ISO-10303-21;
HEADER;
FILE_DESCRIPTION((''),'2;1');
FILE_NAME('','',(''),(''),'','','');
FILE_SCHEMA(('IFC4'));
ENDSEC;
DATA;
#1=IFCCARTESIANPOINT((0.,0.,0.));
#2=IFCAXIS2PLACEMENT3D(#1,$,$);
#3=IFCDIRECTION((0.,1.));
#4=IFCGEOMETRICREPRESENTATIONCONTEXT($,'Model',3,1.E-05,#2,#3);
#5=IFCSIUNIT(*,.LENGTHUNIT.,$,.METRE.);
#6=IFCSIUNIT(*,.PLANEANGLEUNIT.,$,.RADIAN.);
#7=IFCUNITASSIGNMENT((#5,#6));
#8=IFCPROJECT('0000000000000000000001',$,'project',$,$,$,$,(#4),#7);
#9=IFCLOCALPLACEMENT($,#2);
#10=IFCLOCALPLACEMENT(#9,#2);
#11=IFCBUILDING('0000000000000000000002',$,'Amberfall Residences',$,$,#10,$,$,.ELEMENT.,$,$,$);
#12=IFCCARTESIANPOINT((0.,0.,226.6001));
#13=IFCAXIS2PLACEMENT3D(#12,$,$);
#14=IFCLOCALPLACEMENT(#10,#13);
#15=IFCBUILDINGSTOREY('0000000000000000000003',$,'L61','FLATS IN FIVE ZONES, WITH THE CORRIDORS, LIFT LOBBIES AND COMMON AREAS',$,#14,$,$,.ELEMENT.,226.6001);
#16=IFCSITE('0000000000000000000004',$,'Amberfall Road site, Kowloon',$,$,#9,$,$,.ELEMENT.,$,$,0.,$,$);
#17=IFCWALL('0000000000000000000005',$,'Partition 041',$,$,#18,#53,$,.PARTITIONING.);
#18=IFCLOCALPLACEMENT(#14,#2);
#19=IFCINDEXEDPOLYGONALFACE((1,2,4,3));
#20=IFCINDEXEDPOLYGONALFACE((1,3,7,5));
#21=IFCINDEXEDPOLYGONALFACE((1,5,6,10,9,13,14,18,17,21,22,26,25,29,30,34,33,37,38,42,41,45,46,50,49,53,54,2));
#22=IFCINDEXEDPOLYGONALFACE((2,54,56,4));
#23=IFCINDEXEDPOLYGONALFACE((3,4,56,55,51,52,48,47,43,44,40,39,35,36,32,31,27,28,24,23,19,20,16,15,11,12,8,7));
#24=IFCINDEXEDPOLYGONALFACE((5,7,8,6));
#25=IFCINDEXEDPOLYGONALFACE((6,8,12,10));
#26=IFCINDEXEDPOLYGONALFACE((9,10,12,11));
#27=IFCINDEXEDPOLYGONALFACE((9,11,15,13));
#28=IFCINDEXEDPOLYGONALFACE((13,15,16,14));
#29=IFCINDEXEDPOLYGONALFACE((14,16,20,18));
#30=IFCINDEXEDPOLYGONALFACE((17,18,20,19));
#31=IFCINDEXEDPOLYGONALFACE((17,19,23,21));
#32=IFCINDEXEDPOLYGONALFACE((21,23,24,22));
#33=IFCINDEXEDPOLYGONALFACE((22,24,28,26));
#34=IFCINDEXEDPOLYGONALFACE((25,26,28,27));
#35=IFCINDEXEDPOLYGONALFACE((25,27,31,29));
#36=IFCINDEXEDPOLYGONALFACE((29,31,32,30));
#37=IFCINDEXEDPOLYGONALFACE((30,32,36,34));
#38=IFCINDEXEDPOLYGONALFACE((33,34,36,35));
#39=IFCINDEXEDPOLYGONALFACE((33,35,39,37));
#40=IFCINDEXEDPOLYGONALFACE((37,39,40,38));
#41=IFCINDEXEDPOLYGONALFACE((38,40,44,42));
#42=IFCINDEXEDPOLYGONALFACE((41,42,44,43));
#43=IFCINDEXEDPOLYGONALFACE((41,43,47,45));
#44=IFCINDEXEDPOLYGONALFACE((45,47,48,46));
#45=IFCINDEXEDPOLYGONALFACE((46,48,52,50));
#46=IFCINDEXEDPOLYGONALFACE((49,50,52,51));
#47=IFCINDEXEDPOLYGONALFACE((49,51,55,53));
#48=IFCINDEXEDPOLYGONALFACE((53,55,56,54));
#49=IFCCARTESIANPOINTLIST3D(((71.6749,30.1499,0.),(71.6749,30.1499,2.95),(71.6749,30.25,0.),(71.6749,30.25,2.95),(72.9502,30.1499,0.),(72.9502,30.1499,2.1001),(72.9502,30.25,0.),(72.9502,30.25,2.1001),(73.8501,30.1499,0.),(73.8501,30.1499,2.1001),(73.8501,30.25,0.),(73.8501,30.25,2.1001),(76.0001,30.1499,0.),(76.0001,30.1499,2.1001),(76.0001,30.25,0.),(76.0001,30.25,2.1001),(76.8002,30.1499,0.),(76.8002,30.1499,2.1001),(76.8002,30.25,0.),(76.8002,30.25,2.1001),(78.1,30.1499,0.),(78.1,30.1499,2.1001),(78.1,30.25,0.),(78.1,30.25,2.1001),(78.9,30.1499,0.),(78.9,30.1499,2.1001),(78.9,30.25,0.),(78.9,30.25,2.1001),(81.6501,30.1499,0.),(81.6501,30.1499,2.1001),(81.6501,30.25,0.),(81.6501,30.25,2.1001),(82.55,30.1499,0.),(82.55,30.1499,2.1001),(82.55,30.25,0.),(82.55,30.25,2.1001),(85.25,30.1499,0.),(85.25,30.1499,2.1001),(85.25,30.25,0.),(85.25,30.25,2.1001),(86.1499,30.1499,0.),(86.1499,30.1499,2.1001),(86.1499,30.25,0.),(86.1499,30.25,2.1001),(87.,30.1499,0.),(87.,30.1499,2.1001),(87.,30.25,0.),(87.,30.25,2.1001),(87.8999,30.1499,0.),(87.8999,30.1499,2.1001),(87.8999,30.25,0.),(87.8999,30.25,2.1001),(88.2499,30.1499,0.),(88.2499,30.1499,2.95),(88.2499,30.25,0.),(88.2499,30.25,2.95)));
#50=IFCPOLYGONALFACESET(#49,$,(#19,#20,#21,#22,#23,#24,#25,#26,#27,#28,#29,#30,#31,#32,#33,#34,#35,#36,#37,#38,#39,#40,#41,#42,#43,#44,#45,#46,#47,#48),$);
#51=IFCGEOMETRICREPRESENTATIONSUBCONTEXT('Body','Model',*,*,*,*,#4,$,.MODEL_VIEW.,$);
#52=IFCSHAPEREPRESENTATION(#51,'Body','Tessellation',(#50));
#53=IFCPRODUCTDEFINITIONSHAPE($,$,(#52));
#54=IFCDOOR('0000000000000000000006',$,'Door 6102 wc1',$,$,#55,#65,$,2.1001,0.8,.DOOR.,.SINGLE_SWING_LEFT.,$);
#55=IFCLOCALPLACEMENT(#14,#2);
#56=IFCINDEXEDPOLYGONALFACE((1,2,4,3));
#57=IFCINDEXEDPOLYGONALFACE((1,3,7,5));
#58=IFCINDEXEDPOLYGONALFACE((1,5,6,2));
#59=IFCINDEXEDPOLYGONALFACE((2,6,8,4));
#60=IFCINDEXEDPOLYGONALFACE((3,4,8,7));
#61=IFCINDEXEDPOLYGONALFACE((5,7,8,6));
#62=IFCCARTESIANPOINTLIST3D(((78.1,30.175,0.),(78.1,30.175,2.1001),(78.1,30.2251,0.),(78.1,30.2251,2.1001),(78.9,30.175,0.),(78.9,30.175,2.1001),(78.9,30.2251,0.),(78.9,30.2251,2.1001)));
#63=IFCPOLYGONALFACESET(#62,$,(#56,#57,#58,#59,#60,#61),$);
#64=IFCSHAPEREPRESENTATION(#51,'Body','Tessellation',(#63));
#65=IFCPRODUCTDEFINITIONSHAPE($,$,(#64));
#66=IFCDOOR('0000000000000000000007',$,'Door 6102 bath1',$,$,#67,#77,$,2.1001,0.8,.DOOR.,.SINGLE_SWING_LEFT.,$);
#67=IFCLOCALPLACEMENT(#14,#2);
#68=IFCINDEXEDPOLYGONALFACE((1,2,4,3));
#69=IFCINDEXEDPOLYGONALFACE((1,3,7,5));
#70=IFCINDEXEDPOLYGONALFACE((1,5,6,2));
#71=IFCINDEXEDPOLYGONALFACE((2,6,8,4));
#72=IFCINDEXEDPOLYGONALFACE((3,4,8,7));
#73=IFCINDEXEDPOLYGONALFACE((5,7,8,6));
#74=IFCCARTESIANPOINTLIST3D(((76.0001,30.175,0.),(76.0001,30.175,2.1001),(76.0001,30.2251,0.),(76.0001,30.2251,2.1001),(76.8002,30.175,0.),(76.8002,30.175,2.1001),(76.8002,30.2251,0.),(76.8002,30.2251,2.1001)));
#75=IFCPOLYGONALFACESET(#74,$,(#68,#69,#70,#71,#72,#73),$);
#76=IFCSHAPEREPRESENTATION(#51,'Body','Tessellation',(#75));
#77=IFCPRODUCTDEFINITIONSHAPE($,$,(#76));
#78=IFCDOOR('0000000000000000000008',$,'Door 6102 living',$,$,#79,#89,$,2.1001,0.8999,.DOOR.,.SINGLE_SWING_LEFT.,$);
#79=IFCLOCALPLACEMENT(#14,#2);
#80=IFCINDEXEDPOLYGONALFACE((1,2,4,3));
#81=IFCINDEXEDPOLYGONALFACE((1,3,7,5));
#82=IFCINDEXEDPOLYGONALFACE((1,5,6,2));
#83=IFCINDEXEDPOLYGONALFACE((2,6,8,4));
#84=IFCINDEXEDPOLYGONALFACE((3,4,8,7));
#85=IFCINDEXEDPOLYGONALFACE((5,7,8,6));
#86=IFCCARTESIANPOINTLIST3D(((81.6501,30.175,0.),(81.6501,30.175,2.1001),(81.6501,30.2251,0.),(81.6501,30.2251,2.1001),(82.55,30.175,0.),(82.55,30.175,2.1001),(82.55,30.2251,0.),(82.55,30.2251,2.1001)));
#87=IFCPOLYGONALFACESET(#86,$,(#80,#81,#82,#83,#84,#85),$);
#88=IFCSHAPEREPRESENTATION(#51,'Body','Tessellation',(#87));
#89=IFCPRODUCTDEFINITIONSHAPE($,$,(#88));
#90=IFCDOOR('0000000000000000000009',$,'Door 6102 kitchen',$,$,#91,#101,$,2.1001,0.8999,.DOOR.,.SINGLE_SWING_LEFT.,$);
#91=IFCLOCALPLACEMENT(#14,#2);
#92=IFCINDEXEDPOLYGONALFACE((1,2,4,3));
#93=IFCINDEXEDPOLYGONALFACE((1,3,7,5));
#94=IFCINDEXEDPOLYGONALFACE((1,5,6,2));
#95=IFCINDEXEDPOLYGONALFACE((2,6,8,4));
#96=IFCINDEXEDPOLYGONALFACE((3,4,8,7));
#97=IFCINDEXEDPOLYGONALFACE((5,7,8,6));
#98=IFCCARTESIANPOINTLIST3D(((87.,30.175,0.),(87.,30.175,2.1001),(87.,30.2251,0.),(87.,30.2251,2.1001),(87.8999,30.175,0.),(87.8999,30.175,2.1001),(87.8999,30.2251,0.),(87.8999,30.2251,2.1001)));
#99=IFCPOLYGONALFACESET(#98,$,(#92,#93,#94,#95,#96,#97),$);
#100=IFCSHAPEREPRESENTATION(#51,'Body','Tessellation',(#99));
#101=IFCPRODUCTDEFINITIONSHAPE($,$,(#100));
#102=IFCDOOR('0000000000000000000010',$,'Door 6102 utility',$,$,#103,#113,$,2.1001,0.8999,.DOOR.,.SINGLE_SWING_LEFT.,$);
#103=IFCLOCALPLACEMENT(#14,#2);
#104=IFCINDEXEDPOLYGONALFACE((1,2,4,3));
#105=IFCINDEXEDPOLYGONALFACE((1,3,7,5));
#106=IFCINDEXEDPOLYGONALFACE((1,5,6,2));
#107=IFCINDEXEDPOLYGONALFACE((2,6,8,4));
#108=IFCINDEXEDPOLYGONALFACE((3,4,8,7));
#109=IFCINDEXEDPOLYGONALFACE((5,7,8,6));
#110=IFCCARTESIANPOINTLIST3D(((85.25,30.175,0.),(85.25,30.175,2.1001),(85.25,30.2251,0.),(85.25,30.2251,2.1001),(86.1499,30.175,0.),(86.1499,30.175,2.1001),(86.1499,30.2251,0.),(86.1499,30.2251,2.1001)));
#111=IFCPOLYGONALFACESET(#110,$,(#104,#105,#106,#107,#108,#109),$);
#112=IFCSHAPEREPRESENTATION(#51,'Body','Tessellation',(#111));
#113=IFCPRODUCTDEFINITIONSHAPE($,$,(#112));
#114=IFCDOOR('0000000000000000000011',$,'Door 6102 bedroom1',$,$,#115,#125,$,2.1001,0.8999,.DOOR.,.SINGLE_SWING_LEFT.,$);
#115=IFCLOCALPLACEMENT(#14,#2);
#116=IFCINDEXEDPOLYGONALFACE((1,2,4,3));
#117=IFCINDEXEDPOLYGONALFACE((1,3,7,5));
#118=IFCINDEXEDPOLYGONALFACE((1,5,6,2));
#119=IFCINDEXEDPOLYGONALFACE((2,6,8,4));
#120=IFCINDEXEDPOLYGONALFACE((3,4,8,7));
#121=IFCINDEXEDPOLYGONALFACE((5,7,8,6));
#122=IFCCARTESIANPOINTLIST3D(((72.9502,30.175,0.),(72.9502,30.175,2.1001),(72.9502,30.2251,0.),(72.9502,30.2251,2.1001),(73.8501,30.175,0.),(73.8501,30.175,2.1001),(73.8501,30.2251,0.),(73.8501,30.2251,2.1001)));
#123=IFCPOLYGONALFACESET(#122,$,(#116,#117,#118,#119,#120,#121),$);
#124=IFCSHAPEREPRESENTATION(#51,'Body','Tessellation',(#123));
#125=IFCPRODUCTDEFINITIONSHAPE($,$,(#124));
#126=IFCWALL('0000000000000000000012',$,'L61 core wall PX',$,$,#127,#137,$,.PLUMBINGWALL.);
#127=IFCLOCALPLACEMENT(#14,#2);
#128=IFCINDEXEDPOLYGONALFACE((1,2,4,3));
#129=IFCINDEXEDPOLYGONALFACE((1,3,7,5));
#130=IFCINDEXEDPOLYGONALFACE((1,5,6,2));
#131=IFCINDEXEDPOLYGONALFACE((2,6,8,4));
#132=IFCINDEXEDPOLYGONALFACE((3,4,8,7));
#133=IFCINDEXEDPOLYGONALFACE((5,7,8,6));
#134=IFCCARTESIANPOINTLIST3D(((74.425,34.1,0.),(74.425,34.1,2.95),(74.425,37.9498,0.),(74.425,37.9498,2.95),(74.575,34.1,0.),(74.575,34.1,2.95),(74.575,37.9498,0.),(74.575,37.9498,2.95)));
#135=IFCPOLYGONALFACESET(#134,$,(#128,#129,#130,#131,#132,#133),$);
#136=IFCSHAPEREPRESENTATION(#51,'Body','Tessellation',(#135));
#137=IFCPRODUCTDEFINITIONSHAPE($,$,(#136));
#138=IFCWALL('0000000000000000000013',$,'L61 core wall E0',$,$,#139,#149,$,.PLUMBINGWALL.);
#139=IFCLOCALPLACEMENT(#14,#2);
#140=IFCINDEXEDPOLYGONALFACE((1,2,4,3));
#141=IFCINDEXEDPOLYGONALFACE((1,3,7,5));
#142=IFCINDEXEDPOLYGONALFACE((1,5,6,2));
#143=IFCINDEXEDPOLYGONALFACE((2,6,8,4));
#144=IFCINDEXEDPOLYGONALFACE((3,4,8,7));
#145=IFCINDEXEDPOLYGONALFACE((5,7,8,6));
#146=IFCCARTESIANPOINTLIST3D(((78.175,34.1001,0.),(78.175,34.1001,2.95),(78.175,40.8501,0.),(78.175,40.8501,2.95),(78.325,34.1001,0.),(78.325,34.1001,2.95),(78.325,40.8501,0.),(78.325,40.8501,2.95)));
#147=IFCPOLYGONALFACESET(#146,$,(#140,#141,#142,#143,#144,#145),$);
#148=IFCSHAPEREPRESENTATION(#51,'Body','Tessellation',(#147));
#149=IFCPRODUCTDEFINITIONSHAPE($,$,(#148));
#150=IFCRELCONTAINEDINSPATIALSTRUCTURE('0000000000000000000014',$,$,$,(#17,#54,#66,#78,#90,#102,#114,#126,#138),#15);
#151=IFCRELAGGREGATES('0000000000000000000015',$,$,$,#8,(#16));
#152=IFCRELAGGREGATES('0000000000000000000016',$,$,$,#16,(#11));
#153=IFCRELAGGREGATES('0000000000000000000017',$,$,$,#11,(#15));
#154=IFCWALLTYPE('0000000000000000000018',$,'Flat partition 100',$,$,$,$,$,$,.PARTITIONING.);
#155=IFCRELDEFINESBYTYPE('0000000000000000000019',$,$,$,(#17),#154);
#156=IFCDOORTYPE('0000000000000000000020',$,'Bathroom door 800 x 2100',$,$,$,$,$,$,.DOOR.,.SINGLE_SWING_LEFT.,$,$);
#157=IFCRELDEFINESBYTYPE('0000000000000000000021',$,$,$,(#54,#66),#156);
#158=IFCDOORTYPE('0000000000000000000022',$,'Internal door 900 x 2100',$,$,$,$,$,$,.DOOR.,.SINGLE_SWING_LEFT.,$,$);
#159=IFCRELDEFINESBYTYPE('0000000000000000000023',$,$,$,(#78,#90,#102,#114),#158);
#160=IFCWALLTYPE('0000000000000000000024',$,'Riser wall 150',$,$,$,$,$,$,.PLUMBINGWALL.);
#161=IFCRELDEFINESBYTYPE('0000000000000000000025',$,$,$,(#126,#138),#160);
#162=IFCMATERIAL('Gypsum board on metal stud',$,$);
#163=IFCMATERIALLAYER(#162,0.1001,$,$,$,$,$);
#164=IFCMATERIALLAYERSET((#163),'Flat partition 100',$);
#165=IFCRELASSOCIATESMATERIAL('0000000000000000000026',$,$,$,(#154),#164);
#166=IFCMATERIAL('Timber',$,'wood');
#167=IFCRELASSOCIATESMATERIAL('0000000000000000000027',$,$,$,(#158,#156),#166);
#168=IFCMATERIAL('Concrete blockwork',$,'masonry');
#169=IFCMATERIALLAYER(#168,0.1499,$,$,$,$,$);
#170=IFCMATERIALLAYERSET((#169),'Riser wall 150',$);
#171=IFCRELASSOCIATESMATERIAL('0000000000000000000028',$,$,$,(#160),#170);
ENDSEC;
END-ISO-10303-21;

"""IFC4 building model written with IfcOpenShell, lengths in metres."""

from ifc_helpers import new_model, si_unit, direction, frame, frame_2d, origin, place, context, subcontext, project, spatial, rectangle, extrude, material, layer, layer_set, type_object, element, fill, save


model = new_model("IFC4")

# Units and contexts
model_context = context("Model", 3, precision=1e-05, world=origin(), true_north=direction((0.0, 1.0)))
body_context = subcontext(model_context, "Body", "Model", "MODEL_VIEW")
ifc_project = project(units=[si_unit("LENGTHUNIT", "METRE"), si_unit("PLANEANGLEUNIT", "RADIAN")], contexts=[model_context])

# Site, building, storey
site_placement = place(None, origin())
site = spatial("IfcSite", under=ifc_project, at=site_placement, Name="Amberfall Road site, Kowloon", CompositionType="ELEMENT", RefElevation=0.0)
building_placement = place(site_placement, origin())
building = spatial("IfcBuilding", under=site, at=building_placement, Name="Amberfall Residences", CompositionType="ELEMENT")
storey_placement = place(building_placement, frame((0.0, 0.0, 226.6001)))
storey = spatial("IfcBuildingStorey", under=building, at=storey_placement, Name="L61", Description="FLATS IN FIVE ZONES, WITH THE CORRIDORS, LIFT LOBBIES AND COMMON AREAS", CompositionType="ELEMENT", Elevation=226.6001)

# Shared definitions
ifc_material_1 = material(Name="Gypsum board on metal stud")
ifc_layer_1 = layer(ifc_material_1, 0.1001)
ifc_layer_set_1 = layer_set([ifc_layer_1], Name="Flat partition 100")
wall_type_1 = type_object("IfcWallType", Name="Flat partition 100", PredefinedType="PARTITIONING", material=ifc_layer_set_1)

# Wall, openings, doors
ifc_material_2 = material(Name="Timber", Category="wood")
door_type_1 = type_object("IfcDoorType", Name="Internal door 900 x 2100", OperationType="SINGLE_SWING_LEFT", PredefinedType="DOOR", material=ifc_material_2)
wall_1_placement = place(storey_placement, frame((88.25, 30.2, 0.0), z_axis=(0.0, 0.0, 1.0), x_axis=(-1.0, 0.0, 0.0)))
wall_1 = element("IfcWall", 1, at=wall_1_placement, inside=storey, type_object=wall_type_1, Name="Partition 041", PredefinedType="PARTITIONING", context=body_context, shape_type="SweptSolid", body=[
    extrude(rectangle(XDim=16.575, YDim=0.1001, at=frame_2d((8.2876, 0.0))), origin(), (0.0, 0.0, 1.0), 2.95),
])
opening_1_placement = place(wall_1_placement, frame((5.7, 0.0, 0.0)))
opening_1 = element("IfcOpeningElement", 2, at=opening_1_placement, cuts=wall_1, PredefinedType="OPENING", context=body_context, shape_type="SweptSolid", body=[
    extrude(rectangle(XDim=0.8999, YDim=2.1001, at=frame_2d((0.45, 1.05))), frame((0.0, 0.0601, 0.0), z_axis=(0.0, -1.0, 0.0), x_axis=(1.0, 0.0, 0.0)), (0.0, 0.0, 1.0), 0.1201),
])
opening_2_placement = place(wall_1_placement, frame((0.3501, 0.0, 0.0)))
opening_2 = element("IfcOpeningElement", 3, at=opening_2_placement, cuts=wall_1, PredefinedType="OPENING", context=body_context, shape_type="SweptSolid", body=[
    extrude(rectangle(XDim=0.8999, YDim=2.1001, at=frame_2d((0.45, 1.05))), frame((0.0, 0.0601, 0.0), z_axis=(0.0, -1.0, 0.0), x_axis=(1.0, 0.0, 0.0)), (0.0, 0.0, 1.0), 0.1201),
])
opening_3_placement = place(wall_1_placement, frame((2.1001, 0.0, 0.0)))
opening_3 = element("IfcOpeningElement", 4, at=opening_3_placement, cuts=wall_1, PredefinedType="OPENING", context=body_context, shape_type="SweptSolid", body=[
    extrude(rectangle(XDim=0.8999, YDim=2.1001, at=frame_2d((0.45, 1.05))), frame((0.0, 0.0601, 0.0), z_axis=(0.0, -1.0, 0.0), x_axis=(1.0, 0.0, 0.0)), (0.0, 0.0, 1.0), 0.1201),
])
opening_4_placement = place(wall_1_placement, frame((9.3501, 0.0, 0.0)))
opening_4 = element("IfcOpeningElement", 5, at=opening_4_placement, cuts=wall_1, PredefinedType="OPENING", context=body_context, shape_type="SweptSolid", body=[
    extrude(rectangle(XDim=0.8, YDim=2.1001, at=frame_2d((0.3999, 1.05))), frame((0.0, 0.0601, 0.0), z_axis=(0.0, -1.0, 0.0), x_axis=(1.0, 0.0, 0.0)), (0.0, 0.0, 1.0), 0.1201),
])
opening_5_placement = place(wall_1_placement, frame((14.3999, 0.0, 0.0)))
opening_5 = element("IfcOpeningElement", 6, at=opening_5_placement, cuts=wall_1, PredefinedType="OPENING", context=body_context, shape_type="SweptSolid", body=[
    extrude(rectangle(XDim=0.8999, YDim=2.1001, at=frame_2d((0.45, 1.05))), frame((0.0, 0.0601, 0.0), z_axis=(0.0, -1.0, 0.0), x_axis=(1.0, 0.0, 0.0)), (0.0, 0.0, 1.0), 0.1201),
])
opening_6_placement = place(wall_1_placement, frame((11.45, 0.0, 0.0)))
opening_6 = element("IfcOpeningElement", 7, at=opening_6_placement, cuts=wall_1, PredefinedType="OPENING", context=body_context, shape_type="SweptSolid", body=[
    extrude(rectangle(XDim=0.8, YDim=2.1001, at=frame_2d((0.3999, 1.05))), frame((0.0, 0.0601, 0.0), z_axis=(0.0, -1.0, 0.0), x_axis=(1.0, 0.0, 0.0)), (0.0, 0.0, 1.0), 0.1201),
])
door_type_2 = type_object("IfcDoorType", Name="Bathroom door 800 x 2100", OperationType="SINGLE_SWING_LEFT", PredefinedType="DOOR", material=ifc_material_2)
door_1_placement = place(opening_4_placement, origin())
door_1 = element("IfcDoor", 8, at=door_1_placement, inside=storey, type_object=door_type_2, Name="Door 6102 wc1", OperationType="SINGLE_SWING_LEFT", OverallHeight=2.1001, OverallWidth=0.8, PredefinedType="DOOR", context=body_context, shape_type="SweptSolid", body=[
    extrude(rectangle(XDim=0.8, YDim=2.1001, at=frame_2d((0.3999, 1.05))), frame((0.0, 0.0249, 0.0), z_axis=(0.0, -1.0, 0.0), x_axis=(1.0, 0.0, 0.0)), (0.0, 0.0, 1.0), 0.05),
])
fill(opening_4, door_1)
door_2_placement = place(opening_6_placement, origin())
door_2 = element("IfcDoor", 9, at=door_2_placement, inside=storey, type_object=door_type_2, Name="Door 6102 bath1", OperationType="SINGLE_SWING_LEFT", OverallHeight=2.1001, OverallWidth=0.8, PredefinedType="DOOR", context=body_context, shape_type="SweptSolid", body=[
    extrude(rectangle(XDim=0.8, YDim=2.1001, at=frame_2d((0.3999, 1.05))), frame((0.0, 0.0249, 0.0), z_axis=(0.0, -1.0, 0.0), x_axis=(1.0, 0.0, 0.0)), (0.0, 0.0, 1.0), 0.05),
])
fill(opening_6, door_2)
door_3_placement = place(opening_1_placement, origin())
door_3 = element("IfcDoor", 10, at=door_3_placement, inside=storey, type_object=door_type_1, Name="Door 6102 living", OperationType="SINGLE_SWING_LEFT", OverallHeight=2.1001, OverallWidth=0.8999, PredefinedType="DOOR", context=body_context, shape_type="SweptSolid", body=[
    extrude(rectangle(XDim=0.8999, YDim=2.1001, at=frame_2d((0.45, 1.05))), frame((0.0, 0.0249, 0.0), z_axis=(0.0, -1.0, 0.0), x_axis=(1.0, 0.0, 0.0)), (0.0, 0.0, 1.0), 0.05),
])
fill(opening_1, door_3)
door_4_placement = place(opening_2_placement, origin())
door_4 = element("IfcDoor", 11, at=door_4_placement, inside=storey, type_object=door_type_1, Name="Door 6102 kitchen", OperationType="SINGLE_SWING_LEFT", OverallHeight=2.1001, OverallWidth=0.8999, PredefinedType="DOOR", context=body_context, shape_type="SweptSolid", body=[
    extrude(rectangle(XDim=0.8999, YDim=2.1001, at=frame_2d((0.45, 1.05))), frame((0.0, 0.0249, 0.0), z_axis=(0.0, -1.0, 0.0), x_axis=(1.0, 0.0, 0.0)), (0.0, 0.0, 1.0), 0.05),
])
fill(opening_2, door_4)
door_5_placement = place(opening_3_placement, origin())
door_5 = element("IfcDoor", 12, at=door_5_placement, inside=storey, type_object=door_type_1, Name="Door 6102 utility", OperationType="SINGLE_SWING_LEFT", OverallHeight=2.1001, OverallWidth=0.8999, PredefinedType="DOOR", context=body_context, shape_type="SweptSolid", body=[
    extrude(rectangle(XDim=0.8999, YDim=2.1001, at=frame_2d((0.45, 1.05))), frame((0.0, 0.0249, 0.0), z_axis=(0.0, -1.0, 0.0), x_axis=(1.0, 0.0, 0.0)), (0.0, 0.0, 1.0), 0.05),
])
fill(opening_3, door_5)
door_6_placement = place(opening_5_placement, origin())
door_6 = element("IfcDoor", 13, at=door_6_placement, inside=storey, type_object=door_type_1, Name="Door 6102 bedroom1", OperationType="SINGLE_SWING_LEFT", OverallHeight=2.1001, OverallWidth=0.8999, PredefinedType="DOOR", context=body_context, shape_type="SweptSolid", body=[
    extrude(rectangle(XDim=0.8999, YDim=2.1001, at=frame_2d((0.45, 1.05))), frame((0.0, 0.0249, 0.0), z_axis=(0.0, -1.0, 0.0), x_axis=(1.0, 0.0, 0.0)), (0.0, 0.0, 1.0), 0.05),
])
fill(opening_5, door_6)

# Walls
ifc_material_3 = material(Name="Concrete blockwork", Category="masonry")
ifc_layer_2 = layer(ifc_material_3, 0.1499)
ifc_layer_set_2 = layer_set([ifc_layer_2], Name="Riser wall 150")
wall_type_2 = type_object("IfcWallType", Name="Riser wall 150", PredefinedType="PLUMBINGWALL", material=ifc_layer_set_2)
wall_2_placement = place(storey_placement, frame((74.5, 34.1001, 0.0), z_axis=(0.0, 0.0, 1.0), x_axis=(0.0, 1.0, 0.0)))
element("IfcWall", 14, at=wall_2_placement, inside=storey, type_object=wall_type_2, Name="L61 core wall PX", PredefinedType="PLUMBINGWALL", context=body_context, shape_type="SweptSolid", body=[
    extrude(rectangle(XDim=3.8499, YDim=0.1499, at=frame_2d((1.9248, 0.0))), origin(), (0.0, 0.0, 1.0), 2.95),
])
wall_3_placement = place(storey_placement, frame((78.25, 34.1001, 0.0), z_axis=(0.0, 0.0, 1.0), x_axis=(0.0, 1.0, 0.0)))
element("IfcWall", 15, at=wall_3_placement, inside=storey, type_object=wall_type_2, Name="L61 core wall E0", PredefinedType="PLUMBINGWALL", context=body_context, shape_type="SweptSolid", body=[
    extrude(rectangle(XDim=6.75, YDim=0.1499, at=frame_2d((3.375, 0.0))), origin(), (0.0, 0.0, 1.0), 2.95),
])

save(model, "model.ifc")
